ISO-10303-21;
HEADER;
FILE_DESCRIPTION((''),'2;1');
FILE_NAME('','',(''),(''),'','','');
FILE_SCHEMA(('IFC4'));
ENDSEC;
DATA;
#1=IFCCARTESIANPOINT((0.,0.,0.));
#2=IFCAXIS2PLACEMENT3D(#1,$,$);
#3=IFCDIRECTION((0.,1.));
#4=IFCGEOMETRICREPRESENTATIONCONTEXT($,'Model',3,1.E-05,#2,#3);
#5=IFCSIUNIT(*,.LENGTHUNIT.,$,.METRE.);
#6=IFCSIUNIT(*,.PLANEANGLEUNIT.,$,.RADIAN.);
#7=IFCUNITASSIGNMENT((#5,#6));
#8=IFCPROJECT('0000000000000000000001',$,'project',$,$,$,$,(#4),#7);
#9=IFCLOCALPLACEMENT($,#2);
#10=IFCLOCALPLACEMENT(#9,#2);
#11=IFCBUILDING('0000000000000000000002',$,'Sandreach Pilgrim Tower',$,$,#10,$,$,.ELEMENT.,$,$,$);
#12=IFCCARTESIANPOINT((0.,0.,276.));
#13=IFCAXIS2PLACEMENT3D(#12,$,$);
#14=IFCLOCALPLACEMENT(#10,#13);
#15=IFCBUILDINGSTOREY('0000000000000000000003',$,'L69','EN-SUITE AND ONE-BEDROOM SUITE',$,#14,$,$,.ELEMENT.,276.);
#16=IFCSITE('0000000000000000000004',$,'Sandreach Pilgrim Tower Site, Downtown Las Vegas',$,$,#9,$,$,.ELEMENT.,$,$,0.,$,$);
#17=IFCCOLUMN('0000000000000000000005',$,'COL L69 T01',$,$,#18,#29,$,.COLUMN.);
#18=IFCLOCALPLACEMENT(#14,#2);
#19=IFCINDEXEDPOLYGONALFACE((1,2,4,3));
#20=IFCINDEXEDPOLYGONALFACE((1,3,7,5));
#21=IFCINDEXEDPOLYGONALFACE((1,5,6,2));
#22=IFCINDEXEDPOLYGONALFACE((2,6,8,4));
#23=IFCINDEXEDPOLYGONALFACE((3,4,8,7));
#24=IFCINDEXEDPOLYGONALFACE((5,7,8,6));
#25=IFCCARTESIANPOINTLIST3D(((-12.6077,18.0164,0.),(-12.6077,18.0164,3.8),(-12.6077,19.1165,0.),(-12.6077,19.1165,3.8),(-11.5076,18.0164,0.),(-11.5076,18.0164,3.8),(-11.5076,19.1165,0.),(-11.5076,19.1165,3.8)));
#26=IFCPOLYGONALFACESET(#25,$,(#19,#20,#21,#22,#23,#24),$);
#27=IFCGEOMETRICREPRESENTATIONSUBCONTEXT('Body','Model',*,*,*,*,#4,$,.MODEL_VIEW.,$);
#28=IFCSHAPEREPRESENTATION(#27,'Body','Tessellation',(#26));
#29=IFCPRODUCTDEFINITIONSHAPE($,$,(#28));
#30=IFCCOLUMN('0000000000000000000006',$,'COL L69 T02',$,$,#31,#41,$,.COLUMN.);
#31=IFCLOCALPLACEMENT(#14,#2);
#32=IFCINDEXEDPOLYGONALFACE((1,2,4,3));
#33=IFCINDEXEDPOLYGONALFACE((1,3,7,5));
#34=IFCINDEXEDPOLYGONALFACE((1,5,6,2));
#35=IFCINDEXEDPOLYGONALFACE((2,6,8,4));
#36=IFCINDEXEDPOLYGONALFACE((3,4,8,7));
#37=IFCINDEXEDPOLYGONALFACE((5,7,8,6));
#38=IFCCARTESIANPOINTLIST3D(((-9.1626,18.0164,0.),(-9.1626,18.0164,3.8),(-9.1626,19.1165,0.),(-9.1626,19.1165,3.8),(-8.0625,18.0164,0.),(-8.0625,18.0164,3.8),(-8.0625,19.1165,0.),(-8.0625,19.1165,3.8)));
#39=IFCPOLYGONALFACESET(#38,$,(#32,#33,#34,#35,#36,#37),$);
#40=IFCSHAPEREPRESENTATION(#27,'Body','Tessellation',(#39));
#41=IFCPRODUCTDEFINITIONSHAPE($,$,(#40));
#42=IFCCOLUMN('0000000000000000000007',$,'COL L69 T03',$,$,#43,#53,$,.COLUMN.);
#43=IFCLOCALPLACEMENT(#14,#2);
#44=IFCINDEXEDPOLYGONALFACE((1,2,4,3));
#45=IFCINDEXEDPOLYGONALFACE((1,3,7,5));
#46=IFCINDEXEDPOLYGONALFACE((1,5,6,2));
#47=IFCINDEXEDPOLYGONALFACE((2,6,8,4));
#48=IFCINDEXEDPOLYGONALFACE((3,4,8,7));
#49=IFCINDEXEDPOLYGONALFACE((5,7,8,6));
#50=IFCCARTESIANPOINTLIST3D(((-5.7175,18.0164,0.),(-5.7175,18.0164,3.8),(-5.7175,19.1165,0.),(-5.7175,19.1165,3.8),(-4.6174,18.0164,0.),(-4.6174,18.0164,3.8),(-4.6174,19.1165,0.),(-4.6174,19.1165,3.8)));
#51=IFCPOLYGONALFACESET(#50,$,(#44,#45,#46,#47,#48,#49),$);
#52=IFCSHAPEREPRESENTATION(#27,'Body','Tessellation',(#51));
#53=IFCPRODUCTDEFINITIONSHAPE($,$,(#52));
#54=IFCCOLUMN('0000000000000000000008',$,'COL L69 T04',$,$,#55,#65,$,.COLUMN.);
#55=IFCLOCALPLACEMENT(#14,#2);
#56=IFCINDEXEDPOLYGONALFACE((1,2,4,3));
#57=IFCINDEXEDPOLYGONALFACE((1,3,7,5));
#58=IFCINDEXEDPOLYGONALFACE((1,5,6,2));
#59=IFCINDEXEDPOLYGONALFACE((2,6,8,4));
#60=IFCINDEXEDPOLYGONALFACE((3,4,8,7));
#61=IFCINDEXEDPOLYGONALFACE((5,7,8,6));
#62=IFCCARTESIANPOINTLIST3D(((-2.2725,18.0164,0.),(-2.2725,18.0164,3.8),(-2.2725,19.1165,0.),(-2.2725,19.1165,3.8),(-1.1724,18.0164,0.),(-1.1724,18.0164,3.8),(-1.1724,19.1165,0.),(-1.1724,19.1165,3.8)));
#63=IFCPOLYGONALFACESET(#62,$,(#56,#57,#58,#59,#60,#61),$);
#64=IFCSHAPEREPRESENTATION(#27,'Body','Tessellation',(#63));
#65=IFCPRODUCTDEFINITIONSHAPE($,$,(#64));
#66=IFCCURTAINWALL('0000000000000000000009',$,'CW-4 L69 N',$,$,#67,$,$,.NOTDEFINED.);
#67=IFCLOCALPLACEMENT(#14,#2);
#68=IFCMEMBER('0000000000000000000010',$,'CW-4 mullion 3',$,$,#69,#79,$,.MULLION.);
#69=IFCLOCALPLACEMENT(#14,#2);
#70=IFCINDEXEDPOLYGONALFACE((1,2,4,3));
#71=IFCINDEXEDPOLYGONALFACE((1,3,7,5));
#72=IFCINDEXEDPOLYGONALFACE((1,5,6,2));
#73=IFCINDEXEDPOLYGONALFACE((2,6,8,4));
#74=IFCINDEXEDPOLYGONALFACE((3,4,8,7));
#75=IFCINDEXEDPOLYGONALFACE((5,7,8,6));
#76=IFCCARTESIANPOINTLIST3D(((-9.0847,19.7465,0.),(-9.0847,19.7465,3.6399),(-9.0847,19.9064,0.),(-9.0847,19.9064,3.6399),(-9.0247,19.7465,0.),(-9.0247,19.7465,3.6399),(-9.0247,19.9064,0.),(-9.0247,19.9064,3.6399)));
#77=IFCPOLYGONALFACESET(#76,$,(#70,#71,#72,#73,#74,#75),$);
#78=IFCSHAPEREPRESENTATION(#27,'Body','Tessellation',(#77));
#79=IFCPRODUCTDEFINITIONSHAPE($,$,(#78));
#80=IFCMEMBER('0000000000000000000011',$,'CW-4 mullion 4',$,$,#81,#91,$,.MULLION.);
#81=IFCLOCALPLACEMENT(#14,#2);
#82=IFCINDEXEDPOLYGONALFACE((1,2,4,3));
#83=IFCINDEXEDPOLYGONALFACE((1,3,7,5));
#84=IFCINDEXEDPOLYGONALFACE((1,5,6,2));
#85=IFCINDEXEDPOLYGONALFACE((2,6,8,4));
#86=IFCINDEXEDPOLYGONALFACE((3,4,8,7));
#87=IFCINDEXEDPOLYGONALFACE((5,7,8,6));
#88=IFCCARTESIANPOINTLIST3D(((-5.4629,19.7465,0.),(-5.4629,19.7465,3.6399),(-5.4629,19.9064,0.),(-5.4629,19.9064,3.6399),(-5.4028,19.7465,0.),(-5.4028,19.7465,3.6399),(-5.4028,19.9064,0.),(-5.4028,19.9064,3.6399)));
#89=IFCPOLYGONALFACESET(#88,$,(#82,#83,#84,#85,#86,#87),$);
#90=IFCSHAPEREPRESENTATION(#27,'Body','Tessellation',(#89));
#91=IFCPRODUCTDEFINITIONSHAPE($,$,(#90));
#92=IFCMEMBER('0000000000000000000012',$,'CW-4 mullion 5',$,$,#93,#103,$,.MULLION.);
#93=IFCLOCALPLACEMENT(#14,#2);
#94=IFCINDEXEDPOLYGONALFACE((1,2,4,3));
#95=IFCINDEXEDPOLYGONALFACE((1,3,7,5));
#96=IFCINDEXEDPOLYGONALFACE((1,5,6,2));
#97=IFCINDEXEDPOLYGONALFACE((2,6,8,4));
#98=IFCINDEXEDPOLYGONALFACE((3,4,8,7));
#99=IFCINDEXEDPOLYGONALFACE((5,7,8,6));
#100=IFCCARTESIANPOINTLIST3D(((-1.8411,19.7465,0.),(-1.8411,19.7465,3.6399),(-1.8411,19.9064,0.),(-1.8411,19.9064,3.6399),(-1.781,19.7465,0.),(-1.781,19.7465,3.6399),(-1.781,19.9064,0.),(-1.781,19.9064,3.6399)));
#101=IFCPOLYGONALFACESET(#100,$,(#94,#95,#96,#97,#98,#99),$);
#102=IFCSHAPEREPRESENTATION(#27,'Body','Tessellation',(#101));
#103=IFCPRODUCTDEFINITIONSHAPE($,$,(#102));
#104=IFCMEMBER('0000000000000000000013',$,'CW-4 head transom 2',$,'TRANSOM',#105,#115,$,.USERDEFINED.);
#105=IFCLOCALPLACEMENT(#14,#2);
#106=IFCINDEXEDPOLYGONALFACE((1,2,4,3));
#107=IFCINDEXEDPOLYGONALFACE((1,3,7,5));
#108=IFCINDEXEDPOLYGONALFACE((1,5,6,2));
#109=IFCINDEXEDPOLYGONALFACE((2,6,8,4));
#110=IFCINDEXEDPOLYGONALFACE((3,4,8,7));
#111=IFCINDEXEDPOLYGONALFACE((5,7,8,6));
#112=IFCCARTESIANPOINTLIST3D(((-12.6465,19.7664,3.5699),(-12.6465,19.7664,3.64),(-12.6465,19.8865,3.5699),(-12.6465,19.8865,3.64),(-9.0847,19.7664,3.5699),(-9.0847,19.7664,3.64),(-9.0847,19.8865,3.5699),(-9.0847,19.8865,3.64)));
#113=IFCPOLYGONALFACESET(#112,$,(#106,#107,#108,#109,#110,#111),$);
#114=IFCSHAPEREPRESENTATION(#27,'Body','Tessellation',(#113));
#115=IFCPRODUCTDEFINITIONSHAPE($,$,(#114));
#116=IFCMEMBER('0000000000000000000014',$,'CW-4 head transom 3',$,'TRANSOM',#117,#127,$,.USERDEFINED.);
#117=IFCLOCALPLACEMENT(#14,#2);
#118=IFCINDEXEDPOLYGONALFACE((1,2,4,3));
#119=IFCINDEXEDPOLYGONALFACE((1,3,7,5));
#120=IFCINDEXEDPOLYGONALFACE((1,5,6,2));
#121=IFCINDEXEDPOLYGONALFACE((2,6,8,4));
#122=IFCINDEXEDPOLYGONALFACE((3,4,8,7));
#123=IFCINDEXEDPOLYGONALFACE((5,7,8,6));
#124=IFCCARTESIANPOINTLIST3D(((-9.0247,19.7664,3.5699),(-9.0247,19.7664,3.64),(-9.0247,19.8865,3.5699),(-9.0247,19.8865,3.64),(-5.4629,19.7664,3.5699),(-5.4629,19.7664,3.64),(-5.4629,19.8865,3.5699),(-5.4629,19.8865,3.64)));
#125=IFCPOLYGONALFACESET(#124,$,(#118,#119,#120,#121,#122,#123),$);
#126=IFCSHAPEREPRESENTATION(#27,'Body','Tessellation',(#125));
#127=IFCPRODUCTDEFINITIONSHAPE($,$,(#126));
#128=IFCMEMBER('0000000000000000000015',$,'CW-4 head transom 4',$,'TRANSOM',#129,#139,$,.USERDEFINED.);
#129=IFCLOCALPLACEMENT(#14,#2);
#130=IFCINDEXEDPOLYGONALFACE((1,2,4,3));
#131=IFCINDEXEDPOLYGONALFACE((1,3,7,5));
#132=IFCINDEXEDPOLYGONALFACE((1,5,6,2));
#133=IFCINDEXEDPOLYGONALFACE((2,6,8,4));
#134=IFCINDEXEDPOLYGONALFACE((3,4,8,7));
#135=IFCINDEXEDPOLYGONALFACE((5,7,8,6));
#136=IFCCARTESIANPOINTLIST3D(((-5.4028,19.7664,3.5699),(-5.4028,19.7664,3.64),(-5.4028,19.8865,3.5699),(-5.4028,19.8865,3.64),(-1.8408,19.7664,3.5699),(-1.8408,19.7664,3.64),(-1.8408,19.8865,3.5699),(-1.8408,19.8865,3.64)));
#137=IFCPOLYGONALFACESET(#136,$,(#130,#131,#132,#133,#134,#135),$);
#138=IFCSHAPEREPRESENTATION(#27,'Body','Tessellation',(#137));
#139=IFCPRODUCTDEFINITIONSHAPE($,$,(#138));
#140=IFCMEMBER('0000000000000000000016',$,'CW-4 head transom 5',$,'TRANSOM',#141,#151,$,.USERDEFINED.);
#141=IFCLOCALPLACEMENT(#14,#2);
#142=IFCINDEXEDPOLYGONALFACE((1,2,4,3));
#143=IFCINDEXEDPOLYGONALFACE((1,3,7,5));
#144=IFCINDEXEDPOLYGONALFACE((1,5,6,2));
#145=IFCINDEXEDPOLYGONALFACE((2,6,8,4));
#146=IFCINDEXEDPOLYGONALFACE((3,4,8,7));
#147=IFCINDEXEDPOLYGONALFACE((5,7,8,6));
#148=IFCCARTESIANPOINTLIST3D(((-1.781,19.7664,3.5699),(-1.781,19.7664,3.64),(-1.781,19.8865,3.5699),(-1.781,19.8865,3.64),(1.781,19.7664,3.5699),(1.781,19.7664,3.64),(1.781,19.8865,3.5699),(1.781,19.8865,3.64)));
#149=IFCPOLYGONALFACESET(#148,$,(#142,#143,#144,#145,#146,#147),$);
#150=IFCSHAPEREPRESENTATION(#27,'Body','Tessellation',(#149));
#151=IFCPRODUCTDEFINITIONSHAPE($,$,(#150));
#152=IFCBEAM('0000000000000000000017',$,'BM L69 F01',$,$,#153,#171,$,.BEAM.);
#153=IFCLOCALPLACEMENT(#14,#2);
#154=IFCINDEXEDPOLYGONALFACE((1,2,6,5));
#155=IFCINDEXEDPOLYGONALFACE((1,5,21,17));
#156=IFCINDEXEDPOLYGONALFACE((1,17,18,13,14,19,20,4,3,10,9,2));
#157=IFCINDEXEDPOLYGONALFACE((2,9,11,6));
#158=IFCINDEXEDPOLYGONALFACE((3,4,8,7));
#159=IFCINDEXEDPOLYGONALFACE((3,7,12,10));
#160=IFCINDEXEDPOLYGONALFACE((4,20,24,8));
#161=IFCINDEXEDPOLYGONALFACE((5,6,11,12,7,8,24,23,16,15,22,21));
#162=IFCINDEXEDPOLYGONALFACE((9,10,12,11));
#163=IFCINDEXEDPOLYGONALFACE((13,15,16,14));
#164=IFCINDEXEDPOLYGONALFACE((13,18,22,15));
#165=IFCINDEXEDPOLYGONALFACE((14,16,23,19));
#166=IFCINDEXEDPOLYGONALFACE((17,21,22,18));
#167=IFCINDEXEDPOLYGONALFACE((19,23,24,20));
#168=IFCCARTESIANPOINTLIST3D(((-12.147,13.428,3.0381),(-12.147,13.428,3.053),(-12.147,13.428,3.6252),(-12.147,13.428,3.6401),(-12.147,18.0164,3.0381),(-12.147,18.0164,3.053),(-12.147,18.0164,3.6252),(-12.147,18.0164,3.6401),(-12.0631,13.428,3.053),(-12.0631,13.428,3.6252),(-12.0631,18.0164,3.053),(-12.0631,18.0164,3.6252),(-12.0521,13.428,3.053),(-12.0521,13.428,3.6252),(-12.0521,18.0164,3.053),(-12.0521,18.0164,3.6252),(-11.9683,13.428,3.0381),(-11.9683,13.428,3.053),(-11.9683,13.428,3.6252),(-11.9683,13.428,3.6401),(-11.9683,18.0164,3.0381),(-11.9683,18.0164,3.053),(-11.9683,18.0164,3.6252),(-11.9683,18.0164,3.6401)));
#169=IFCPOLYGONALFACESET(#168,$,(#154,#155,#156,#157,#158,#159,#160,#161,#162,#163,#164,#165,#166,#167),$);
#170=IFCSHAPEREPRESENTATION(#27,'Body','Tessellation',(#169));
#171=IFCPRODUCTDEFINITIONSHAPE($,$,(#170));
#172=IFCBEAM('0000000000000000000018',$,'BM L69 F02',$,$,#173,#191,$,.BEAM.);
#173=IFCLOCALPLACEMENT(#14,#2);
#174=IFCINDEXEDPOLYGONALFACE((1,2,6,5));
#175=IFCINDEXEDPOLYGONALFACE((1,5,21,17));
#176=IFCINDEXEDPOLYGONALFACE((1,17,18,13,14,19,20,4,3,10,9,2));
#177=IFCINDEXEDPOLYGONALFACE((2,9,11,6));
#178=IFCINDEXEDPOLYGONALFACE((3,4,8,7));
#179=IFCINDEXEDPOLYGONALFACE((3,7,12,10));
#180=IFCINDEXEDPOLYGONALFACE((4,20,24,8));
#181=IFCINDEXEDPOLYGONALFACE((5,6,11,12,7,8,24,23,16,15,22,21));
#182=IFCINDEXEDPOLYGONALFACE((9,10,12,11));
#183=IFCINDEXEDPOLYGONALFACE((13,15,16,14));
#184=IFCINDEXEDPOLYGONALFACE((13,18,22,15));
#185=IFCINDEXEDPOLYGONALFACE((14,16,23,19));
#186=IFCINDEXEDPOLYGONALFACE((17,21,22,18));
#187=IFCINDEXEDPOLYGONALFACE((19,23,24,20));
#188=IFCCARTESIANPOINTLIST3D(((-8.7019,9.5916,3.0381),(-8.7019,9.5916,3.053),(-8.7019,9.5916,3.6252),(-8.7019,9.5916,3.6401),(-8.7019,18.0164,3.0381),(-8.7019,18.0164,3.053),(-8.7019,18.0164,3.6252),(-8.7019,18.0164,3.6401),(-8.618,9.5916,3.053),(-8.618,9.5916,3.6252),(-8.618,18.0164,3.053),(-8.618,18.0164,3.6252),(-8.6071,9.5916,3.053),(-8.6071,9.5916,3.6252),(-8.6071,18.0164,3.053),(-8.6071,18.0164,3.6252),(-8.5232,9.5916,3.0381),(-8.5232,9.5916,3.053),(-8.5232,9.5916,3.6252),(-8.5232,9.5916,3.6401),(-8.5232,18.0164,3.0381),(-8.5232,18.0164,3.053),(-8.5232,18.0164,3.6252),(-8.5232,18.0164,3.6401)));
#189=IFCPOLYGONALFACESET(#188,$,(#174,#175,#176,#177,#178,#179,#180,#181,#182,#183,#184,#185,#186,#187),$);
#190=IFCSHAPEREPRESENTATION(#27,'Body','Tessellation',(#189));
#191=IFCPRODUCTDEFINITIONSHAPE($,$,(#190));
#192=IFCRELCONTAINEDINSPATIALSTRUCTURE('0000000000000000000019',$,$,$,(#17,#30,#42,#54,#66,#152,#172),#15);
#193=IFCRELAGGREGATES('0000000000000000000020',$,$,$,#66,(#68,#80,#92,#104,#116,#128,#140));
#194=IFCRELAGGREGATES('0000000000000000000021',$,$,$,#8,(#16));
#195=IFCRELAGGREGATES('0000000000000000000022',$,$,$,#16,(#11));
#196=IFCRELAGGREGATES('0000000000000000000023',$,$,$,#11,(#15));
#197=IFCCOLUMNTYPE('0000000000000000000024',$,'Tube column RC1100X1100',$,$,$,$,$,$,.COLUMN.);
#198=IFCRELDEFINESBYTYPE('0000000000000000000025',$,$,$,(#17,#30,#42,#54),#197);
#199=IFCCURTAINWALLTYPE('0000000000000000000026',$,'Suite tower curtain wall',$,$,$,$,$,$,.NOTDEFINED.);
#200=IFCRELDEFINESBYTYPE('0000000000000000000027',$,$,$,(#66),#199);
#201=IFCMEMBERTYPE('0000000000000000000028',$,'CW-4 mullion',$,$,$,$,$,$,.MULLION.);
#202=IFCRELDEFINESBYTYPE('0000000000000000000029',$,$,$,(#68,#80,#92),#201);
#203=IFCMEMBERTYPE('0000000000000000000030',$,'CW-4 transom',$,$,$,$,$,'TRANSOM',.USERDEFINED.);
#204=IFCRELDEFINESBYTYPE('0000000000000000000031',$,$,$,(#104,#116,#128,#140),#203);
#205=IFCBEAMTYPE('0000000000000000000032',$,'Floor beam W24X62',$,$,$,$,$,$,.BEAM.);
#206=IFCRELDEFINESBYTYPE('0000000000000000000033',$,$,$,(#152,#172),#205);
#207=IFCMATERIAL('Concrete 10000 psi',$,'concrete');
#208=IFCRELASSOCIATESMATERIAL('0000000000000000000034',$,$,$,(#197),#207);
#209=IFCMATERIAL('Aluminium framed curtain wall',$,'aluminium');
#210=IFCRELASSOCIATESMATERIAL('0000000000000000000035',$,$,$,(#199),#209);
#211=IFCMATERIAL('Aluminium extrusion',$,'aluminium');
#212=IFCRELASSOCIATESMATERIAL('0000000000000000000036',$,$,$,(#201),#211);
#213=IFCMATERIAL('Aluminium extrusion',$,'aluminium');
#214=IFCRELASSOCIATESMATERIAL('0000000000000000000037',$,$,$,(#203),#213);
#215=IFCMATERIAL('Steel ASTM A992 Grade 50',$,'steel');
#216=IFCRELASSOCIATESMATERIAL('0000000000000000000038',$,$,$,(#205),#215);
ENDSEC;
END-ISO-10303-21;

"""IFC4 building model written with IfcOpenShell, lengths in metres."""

from ifc_helpers import new_model, si_unit, direction, frame, origin, origin_2d, place, context, subcontext, project, spatial, rectangle, i_section, extrude, material, material_profile, profile_set, type_object, element, aggregate, save


model = new_model("IFC4")

# Units and contexts
model_context = context("Model", 3, precision=1e-05, world=origin(), true_north=direction((0.0, 1.0)))
body_context = subcontext(model_context, "Body", "Model", "MODEL_VIEW")
ifc_project = project(units=[si_unit("LENGTHUNIT", "METRE"), si_unit("PLANEANGLEUNIT", "RADIAN")], contexts=[model_context])

# Site, building, storey
site_placement = place(None, origin())
site = spatial("IfcSite", under=ifc_project, at=site_placement, Name="Sandreach Pilgrim Tower Site, Downtown Las Vegas", CompositionType="ELEMENT", RefElevation=0.0)
building_placement = place(site_placement, origin())
building = spatial("IfcBuilding", under=site, at=building_placement, Name="Sandreach Pilgrim Tower", CompositionType="ELEMENT")
storey_placement = place(building_placement, frame((0.0, 0.0, 276.0)))
storey = spatial("IfcBuildingStorey", under=building, at=storey_placement, Name="L69", Description="EN-SUITE AND ONE-BEDROOM SUITE", CompositionType="ELEMENT", Elevation=276.0)

# Columns
ifc_material_1 = material(Name="Concrete 10000 psi", Category="concrete")
ifc_material_profile_1 = material_profile(ifc_material_1, rectangle(XDim=1.1001, YDim=1.1001, at=origin_2d()), Name="RC1100X1100")
ifc_profile_set_1 = profile_set([ifc_material_profile_1], Name="Concrete 10000 psi")
column_type = type_object("IfcColumnType", Name="Tube column RC1100X1100", PredefinedType="COLUMN", material=ifc_profile_set_1)
for number, where, z_axis, x_axis, name in (
    (1, (-12.0576, 18.5664, 0.0), (0.0, 0.0, 1.0), (0.0, 1.0, 0.0), "COL L69 T01"),
    (2, (-8.6125, 18.5664, 0.0), (0.0, 0.0, 1.0), (0.0, 1.0, 0.0), "COL L69 T02"),
    (3, (-5.1675, 18.5664, 0.0), (0.0, 0.0, 1.0), (0.0, 1.0, 0.0), "COL L69 T03"),
    (4, (-1.7224, 18.5664, 0.0), (0.0, 0.0, 1.0), (0.0, 1.0, 0.0), "COL L69 T04"),
):
    element("IfcColumn", number, at=place(storey_placement, frame(where, z_axis=z_axis, x_axis=x_axis)), inside=storey, type_object=column_type, Name=name, PredefinedType="COLUMN", context=body_context, shape_type="SweptSolid", body=[
        extrude(rectangle(XDim=1.1001, YDim=1.1001, at=origin_2d()), origin(), (0.0, 0.0, 1.0), 3.8),
    ])

# Curtain wall, members
ifc_material_2 = material(Name="Aluminium framed curtain wall", Category="aluminium")
curtain_wall_type = type_object("IfcCurtainWallType", Name="Suite tower curtain wall", PredefinedType="NOTDEFINED", material=ifc_material_2)
curtain_wall_placement = place(storey_placement, origin())
curtain_wall = element("IfcCurtainWall", 5, at=curtain_wall_placement, inside=storey, type_object=curtain_wall_type, Name="CW-4 L69 N", PredefinedType="NOTDEFINED")
ifc_material_3 = material(Name="Aluminium extrusion", Category="aluminium")
ifc_material_profile_2 = material_profile(ifc_material_3, rectangle(XDim=0.0601, YDim=0.1599, at=origin_2d()), Name="CW-4M 60X160")
ifc_profile_set_2 = profile_set([ifc_material_profile_2], Name="Aluminium extrusion")
member_type_1 = type_object("IfcMemberType", Name="CW-4 mullion", PredefinedType="MULLION", material=ifc_profile_set_2)
member_1_placement = place(storey_placement, frame((-9.0547, 19.8264, 0.0), z_axis=(0.0, 0.0, 1.0), x_axis=(1.0, 0.0, 0.0)))
member_1 = element("IfcMember", 6, at=member_1_placement, type_object=member_type_1, Name="CW-4 mullion 3", PredefinedType="MULLION", context=body_context, shape_type="SweptSolid", body=[
    extrude(rectangle(XDim=0.0601, YDim=0.1599, at=origin_2d()), origin(), (0.0, 0.0, 1.0), 3.6399),
])
member_2_placement = place(storey_placement, frame((-5.4329, 19.8264, 0.0), z_axis=(0.0, 0.0, 1.0), x_axis=(1.0, 0.0, 0.0)))
member_2 = element("IfcMember", 7, at=member_2_placement, type_object=member_type_1, Name="CW-4 mullion 4", PredefinedType="MULLION", context=body_context, shape_type="SweptSolid", body=[
    extrude(rectangle(XDim=0.0601, YDim=0.1599, at=origin_2d()), origin(), (0.0, 0.0, 1.0), 3.6399),
])
member_3_placement = place(storey_placement, frame((-1.811, 19.8264, 0.0), z_axis=(0.0, 0.0, 1.0), x_axis=(1.0, 0.0, 0.0)))
member_3 = element("IfcMember", 8, at=member_3_placement, type_object=member_type_1, Name="CW-4 mullion 5", PredefinedType="MULLION", context=body_context, shape_type="SweptSolid", body=[
    extrude(rectangle(XDim=0.0601, YDim=0.1599, at=origin_2d()), origin(), (0.0, 0.0, 1.0), 3.6399),
])
ifc_material_4 = material(Name="Aluminium extrusion", Category="aluminium")
ifc_material_profile_3 = material_profile(ifc_material_4, rectangle(XDim=0.1201, YDim=0.0701, at=origin_2d()), Name="CW-4T 120X70")
ifc_profile_set_3 = profile_set([ifc_material_profile_3], Name="Aluminium extrusion")
member_type_2 = type_object("IfcMemberType", Name="CW-4 transom", ElementType="TRANSOM", PredefinedType="USERDEFINED", material=ifc_profile_set_3)
member_4_placement = place(storey_placement, frame((-12.6465, 19.8264, 3.605), z_axis=(1.0, 0.0, 0.0), x_axis=(0.0, 1.0, 0.0)))
member_4 = element("IfcMember", 9, at=member_4_placement, type_object=member_type_2, Name="CW-4 head transom 2", ObjectType="TRANSOM", PredefinedType="USERDEFINED", context=body_context, shape_type="SweptSolid", body=[
    extrude(rectangle(XDim=0.1201, YDim=0.0701, at=origin_2d()), origin(), (0.0, 0.0, 1.0), 3.5618),
])
member_5_placement = place(storey_placement, frame((-9.0247, 19.8264, 3.605), z_axis=(1.0, 0.0, 0.0), x_axis=(0.0, 1.0, 0.0)))
member_5 = element("IfcMember", 10, at=member_5_placement, type_object=member_type_2, Name="CW-4 head transom 3", ObjectType="TRANSOM", PredefinedType="USERDEFINED", context=body_context, shape_type="SweptSolid", body=[
    extrude(rectangle(XDim=0.1201, YDim=0.0701, at=origin_2d()), origin(), (0.0, 0.0, 1.0), 3.5618),
])
member_6_placement = place(storey_placement, frame((-5.4028, 19.8264, 3.605), z_axis=(1.0, 0.0, 0.0), x_axis=(0.0, 1.0, 0.0)))
member_6 = element("IfcMember", 11, at=member_6_placement, type_object=member_type_2, Name="CW-4 head transom 4", ObjectType="TRANSOM", PredefinedType="USERDEFINED", context=body_context, shape_type="SweptSolid", body=[
    extrude(rectangle(XDim=0.1201, YDim=0.0701, at=origin_2d()), origin(), (0.0, 0.0, 1.0), 3.562),
])
member_7_placement = place(storey_placement, frame((-1.781, 19.8264, 3.605), z_axis=(1.0, 0.0, 0.0), x_axis=(0.0, 1.0, 0.0)))
member_7 = element("IfcMember", 12, at=member_7_placement, type_object=member_type_2, Name="CW-4 head transom 5", ObjectType="TRANSOM", PredefinedType="USERDEFINED", context=body_context, shape_type="SweptSolid", body=[
    extrude(rectangle(XDim=0.1201, YDim=0.0701, at=origin_2d()), origin(), (0.0, 0.0, 1.0), 3.562),
])

# Beams
ifc_material_5 = material(Name="Steel ASTM A992 Grade 50", Category="steel")
ifc_material_profile_4 = material_profile(ifc_material_5, i_section(OverallWidth=0.1787, OverallDepth=0.6021, WebThickness=0.011, FlangeThickness=0.0149, at=origin_2d()), Name="W24X62")
ifc_profile_set_4 = profile_set([ifc_material_profile_4], Name="Steel ASTM A992 Grade 50")
beam_type_1 = type_object("IfcBeamType", Name="Floor beam W24X62", PredefinedType="BEAM", material=ifc_profile_set_4)
beam_1_placement = place(storey_placement, frame((-12.0576, 18.0164, 3.3391), z_axis=(0.0, -1.0, 0.0), x_axis=(1.0, 0.0, 0.0)))
element("IfcBeam", 13, at=beam_1_placement, inside=storey, type_object=beam_type_1, Name="BM L69 F01", PredefinedType="BEAM", context=body_context, shape_type="SweptSolid", body=[
    extrude(i_section(OverallWidth=0.1787, OverallDepth=0.6021, WebThickness=0.011, FlangeThickness=0.0149, at=origin_2d()), origin(), (0.0, 0.0, 1.0), 4.5884),
])
beam_2_placement = place(storey_placement, frame((-8.6125, 18.0164, 3.3391), z_axis=(0.0, -1.0, 0.0), x_axis=(1.0, 0.0, 0.0)))
element("IfcBeam", 14, at=beam_2_placement, inside=storey, type_object=beam_type_1, Name="BM L69 F02", PredefinedType="BEAM", context=body_context, shape_type="SweptSolid", body=[
    extrude(i_section(OverallWidth=0.1787, OverallDepth=0.6021, WebThickness=0.011, FlangeThickness=0.0149, at=origin_2d()), origin(), (0.0, 0.0, 1.0), 8.4248),
])

aggregate(curtain_wall, [member_1, member_2, member_3, member_4, member_5, member_6, member_7])

save(model, "model.ifc")
